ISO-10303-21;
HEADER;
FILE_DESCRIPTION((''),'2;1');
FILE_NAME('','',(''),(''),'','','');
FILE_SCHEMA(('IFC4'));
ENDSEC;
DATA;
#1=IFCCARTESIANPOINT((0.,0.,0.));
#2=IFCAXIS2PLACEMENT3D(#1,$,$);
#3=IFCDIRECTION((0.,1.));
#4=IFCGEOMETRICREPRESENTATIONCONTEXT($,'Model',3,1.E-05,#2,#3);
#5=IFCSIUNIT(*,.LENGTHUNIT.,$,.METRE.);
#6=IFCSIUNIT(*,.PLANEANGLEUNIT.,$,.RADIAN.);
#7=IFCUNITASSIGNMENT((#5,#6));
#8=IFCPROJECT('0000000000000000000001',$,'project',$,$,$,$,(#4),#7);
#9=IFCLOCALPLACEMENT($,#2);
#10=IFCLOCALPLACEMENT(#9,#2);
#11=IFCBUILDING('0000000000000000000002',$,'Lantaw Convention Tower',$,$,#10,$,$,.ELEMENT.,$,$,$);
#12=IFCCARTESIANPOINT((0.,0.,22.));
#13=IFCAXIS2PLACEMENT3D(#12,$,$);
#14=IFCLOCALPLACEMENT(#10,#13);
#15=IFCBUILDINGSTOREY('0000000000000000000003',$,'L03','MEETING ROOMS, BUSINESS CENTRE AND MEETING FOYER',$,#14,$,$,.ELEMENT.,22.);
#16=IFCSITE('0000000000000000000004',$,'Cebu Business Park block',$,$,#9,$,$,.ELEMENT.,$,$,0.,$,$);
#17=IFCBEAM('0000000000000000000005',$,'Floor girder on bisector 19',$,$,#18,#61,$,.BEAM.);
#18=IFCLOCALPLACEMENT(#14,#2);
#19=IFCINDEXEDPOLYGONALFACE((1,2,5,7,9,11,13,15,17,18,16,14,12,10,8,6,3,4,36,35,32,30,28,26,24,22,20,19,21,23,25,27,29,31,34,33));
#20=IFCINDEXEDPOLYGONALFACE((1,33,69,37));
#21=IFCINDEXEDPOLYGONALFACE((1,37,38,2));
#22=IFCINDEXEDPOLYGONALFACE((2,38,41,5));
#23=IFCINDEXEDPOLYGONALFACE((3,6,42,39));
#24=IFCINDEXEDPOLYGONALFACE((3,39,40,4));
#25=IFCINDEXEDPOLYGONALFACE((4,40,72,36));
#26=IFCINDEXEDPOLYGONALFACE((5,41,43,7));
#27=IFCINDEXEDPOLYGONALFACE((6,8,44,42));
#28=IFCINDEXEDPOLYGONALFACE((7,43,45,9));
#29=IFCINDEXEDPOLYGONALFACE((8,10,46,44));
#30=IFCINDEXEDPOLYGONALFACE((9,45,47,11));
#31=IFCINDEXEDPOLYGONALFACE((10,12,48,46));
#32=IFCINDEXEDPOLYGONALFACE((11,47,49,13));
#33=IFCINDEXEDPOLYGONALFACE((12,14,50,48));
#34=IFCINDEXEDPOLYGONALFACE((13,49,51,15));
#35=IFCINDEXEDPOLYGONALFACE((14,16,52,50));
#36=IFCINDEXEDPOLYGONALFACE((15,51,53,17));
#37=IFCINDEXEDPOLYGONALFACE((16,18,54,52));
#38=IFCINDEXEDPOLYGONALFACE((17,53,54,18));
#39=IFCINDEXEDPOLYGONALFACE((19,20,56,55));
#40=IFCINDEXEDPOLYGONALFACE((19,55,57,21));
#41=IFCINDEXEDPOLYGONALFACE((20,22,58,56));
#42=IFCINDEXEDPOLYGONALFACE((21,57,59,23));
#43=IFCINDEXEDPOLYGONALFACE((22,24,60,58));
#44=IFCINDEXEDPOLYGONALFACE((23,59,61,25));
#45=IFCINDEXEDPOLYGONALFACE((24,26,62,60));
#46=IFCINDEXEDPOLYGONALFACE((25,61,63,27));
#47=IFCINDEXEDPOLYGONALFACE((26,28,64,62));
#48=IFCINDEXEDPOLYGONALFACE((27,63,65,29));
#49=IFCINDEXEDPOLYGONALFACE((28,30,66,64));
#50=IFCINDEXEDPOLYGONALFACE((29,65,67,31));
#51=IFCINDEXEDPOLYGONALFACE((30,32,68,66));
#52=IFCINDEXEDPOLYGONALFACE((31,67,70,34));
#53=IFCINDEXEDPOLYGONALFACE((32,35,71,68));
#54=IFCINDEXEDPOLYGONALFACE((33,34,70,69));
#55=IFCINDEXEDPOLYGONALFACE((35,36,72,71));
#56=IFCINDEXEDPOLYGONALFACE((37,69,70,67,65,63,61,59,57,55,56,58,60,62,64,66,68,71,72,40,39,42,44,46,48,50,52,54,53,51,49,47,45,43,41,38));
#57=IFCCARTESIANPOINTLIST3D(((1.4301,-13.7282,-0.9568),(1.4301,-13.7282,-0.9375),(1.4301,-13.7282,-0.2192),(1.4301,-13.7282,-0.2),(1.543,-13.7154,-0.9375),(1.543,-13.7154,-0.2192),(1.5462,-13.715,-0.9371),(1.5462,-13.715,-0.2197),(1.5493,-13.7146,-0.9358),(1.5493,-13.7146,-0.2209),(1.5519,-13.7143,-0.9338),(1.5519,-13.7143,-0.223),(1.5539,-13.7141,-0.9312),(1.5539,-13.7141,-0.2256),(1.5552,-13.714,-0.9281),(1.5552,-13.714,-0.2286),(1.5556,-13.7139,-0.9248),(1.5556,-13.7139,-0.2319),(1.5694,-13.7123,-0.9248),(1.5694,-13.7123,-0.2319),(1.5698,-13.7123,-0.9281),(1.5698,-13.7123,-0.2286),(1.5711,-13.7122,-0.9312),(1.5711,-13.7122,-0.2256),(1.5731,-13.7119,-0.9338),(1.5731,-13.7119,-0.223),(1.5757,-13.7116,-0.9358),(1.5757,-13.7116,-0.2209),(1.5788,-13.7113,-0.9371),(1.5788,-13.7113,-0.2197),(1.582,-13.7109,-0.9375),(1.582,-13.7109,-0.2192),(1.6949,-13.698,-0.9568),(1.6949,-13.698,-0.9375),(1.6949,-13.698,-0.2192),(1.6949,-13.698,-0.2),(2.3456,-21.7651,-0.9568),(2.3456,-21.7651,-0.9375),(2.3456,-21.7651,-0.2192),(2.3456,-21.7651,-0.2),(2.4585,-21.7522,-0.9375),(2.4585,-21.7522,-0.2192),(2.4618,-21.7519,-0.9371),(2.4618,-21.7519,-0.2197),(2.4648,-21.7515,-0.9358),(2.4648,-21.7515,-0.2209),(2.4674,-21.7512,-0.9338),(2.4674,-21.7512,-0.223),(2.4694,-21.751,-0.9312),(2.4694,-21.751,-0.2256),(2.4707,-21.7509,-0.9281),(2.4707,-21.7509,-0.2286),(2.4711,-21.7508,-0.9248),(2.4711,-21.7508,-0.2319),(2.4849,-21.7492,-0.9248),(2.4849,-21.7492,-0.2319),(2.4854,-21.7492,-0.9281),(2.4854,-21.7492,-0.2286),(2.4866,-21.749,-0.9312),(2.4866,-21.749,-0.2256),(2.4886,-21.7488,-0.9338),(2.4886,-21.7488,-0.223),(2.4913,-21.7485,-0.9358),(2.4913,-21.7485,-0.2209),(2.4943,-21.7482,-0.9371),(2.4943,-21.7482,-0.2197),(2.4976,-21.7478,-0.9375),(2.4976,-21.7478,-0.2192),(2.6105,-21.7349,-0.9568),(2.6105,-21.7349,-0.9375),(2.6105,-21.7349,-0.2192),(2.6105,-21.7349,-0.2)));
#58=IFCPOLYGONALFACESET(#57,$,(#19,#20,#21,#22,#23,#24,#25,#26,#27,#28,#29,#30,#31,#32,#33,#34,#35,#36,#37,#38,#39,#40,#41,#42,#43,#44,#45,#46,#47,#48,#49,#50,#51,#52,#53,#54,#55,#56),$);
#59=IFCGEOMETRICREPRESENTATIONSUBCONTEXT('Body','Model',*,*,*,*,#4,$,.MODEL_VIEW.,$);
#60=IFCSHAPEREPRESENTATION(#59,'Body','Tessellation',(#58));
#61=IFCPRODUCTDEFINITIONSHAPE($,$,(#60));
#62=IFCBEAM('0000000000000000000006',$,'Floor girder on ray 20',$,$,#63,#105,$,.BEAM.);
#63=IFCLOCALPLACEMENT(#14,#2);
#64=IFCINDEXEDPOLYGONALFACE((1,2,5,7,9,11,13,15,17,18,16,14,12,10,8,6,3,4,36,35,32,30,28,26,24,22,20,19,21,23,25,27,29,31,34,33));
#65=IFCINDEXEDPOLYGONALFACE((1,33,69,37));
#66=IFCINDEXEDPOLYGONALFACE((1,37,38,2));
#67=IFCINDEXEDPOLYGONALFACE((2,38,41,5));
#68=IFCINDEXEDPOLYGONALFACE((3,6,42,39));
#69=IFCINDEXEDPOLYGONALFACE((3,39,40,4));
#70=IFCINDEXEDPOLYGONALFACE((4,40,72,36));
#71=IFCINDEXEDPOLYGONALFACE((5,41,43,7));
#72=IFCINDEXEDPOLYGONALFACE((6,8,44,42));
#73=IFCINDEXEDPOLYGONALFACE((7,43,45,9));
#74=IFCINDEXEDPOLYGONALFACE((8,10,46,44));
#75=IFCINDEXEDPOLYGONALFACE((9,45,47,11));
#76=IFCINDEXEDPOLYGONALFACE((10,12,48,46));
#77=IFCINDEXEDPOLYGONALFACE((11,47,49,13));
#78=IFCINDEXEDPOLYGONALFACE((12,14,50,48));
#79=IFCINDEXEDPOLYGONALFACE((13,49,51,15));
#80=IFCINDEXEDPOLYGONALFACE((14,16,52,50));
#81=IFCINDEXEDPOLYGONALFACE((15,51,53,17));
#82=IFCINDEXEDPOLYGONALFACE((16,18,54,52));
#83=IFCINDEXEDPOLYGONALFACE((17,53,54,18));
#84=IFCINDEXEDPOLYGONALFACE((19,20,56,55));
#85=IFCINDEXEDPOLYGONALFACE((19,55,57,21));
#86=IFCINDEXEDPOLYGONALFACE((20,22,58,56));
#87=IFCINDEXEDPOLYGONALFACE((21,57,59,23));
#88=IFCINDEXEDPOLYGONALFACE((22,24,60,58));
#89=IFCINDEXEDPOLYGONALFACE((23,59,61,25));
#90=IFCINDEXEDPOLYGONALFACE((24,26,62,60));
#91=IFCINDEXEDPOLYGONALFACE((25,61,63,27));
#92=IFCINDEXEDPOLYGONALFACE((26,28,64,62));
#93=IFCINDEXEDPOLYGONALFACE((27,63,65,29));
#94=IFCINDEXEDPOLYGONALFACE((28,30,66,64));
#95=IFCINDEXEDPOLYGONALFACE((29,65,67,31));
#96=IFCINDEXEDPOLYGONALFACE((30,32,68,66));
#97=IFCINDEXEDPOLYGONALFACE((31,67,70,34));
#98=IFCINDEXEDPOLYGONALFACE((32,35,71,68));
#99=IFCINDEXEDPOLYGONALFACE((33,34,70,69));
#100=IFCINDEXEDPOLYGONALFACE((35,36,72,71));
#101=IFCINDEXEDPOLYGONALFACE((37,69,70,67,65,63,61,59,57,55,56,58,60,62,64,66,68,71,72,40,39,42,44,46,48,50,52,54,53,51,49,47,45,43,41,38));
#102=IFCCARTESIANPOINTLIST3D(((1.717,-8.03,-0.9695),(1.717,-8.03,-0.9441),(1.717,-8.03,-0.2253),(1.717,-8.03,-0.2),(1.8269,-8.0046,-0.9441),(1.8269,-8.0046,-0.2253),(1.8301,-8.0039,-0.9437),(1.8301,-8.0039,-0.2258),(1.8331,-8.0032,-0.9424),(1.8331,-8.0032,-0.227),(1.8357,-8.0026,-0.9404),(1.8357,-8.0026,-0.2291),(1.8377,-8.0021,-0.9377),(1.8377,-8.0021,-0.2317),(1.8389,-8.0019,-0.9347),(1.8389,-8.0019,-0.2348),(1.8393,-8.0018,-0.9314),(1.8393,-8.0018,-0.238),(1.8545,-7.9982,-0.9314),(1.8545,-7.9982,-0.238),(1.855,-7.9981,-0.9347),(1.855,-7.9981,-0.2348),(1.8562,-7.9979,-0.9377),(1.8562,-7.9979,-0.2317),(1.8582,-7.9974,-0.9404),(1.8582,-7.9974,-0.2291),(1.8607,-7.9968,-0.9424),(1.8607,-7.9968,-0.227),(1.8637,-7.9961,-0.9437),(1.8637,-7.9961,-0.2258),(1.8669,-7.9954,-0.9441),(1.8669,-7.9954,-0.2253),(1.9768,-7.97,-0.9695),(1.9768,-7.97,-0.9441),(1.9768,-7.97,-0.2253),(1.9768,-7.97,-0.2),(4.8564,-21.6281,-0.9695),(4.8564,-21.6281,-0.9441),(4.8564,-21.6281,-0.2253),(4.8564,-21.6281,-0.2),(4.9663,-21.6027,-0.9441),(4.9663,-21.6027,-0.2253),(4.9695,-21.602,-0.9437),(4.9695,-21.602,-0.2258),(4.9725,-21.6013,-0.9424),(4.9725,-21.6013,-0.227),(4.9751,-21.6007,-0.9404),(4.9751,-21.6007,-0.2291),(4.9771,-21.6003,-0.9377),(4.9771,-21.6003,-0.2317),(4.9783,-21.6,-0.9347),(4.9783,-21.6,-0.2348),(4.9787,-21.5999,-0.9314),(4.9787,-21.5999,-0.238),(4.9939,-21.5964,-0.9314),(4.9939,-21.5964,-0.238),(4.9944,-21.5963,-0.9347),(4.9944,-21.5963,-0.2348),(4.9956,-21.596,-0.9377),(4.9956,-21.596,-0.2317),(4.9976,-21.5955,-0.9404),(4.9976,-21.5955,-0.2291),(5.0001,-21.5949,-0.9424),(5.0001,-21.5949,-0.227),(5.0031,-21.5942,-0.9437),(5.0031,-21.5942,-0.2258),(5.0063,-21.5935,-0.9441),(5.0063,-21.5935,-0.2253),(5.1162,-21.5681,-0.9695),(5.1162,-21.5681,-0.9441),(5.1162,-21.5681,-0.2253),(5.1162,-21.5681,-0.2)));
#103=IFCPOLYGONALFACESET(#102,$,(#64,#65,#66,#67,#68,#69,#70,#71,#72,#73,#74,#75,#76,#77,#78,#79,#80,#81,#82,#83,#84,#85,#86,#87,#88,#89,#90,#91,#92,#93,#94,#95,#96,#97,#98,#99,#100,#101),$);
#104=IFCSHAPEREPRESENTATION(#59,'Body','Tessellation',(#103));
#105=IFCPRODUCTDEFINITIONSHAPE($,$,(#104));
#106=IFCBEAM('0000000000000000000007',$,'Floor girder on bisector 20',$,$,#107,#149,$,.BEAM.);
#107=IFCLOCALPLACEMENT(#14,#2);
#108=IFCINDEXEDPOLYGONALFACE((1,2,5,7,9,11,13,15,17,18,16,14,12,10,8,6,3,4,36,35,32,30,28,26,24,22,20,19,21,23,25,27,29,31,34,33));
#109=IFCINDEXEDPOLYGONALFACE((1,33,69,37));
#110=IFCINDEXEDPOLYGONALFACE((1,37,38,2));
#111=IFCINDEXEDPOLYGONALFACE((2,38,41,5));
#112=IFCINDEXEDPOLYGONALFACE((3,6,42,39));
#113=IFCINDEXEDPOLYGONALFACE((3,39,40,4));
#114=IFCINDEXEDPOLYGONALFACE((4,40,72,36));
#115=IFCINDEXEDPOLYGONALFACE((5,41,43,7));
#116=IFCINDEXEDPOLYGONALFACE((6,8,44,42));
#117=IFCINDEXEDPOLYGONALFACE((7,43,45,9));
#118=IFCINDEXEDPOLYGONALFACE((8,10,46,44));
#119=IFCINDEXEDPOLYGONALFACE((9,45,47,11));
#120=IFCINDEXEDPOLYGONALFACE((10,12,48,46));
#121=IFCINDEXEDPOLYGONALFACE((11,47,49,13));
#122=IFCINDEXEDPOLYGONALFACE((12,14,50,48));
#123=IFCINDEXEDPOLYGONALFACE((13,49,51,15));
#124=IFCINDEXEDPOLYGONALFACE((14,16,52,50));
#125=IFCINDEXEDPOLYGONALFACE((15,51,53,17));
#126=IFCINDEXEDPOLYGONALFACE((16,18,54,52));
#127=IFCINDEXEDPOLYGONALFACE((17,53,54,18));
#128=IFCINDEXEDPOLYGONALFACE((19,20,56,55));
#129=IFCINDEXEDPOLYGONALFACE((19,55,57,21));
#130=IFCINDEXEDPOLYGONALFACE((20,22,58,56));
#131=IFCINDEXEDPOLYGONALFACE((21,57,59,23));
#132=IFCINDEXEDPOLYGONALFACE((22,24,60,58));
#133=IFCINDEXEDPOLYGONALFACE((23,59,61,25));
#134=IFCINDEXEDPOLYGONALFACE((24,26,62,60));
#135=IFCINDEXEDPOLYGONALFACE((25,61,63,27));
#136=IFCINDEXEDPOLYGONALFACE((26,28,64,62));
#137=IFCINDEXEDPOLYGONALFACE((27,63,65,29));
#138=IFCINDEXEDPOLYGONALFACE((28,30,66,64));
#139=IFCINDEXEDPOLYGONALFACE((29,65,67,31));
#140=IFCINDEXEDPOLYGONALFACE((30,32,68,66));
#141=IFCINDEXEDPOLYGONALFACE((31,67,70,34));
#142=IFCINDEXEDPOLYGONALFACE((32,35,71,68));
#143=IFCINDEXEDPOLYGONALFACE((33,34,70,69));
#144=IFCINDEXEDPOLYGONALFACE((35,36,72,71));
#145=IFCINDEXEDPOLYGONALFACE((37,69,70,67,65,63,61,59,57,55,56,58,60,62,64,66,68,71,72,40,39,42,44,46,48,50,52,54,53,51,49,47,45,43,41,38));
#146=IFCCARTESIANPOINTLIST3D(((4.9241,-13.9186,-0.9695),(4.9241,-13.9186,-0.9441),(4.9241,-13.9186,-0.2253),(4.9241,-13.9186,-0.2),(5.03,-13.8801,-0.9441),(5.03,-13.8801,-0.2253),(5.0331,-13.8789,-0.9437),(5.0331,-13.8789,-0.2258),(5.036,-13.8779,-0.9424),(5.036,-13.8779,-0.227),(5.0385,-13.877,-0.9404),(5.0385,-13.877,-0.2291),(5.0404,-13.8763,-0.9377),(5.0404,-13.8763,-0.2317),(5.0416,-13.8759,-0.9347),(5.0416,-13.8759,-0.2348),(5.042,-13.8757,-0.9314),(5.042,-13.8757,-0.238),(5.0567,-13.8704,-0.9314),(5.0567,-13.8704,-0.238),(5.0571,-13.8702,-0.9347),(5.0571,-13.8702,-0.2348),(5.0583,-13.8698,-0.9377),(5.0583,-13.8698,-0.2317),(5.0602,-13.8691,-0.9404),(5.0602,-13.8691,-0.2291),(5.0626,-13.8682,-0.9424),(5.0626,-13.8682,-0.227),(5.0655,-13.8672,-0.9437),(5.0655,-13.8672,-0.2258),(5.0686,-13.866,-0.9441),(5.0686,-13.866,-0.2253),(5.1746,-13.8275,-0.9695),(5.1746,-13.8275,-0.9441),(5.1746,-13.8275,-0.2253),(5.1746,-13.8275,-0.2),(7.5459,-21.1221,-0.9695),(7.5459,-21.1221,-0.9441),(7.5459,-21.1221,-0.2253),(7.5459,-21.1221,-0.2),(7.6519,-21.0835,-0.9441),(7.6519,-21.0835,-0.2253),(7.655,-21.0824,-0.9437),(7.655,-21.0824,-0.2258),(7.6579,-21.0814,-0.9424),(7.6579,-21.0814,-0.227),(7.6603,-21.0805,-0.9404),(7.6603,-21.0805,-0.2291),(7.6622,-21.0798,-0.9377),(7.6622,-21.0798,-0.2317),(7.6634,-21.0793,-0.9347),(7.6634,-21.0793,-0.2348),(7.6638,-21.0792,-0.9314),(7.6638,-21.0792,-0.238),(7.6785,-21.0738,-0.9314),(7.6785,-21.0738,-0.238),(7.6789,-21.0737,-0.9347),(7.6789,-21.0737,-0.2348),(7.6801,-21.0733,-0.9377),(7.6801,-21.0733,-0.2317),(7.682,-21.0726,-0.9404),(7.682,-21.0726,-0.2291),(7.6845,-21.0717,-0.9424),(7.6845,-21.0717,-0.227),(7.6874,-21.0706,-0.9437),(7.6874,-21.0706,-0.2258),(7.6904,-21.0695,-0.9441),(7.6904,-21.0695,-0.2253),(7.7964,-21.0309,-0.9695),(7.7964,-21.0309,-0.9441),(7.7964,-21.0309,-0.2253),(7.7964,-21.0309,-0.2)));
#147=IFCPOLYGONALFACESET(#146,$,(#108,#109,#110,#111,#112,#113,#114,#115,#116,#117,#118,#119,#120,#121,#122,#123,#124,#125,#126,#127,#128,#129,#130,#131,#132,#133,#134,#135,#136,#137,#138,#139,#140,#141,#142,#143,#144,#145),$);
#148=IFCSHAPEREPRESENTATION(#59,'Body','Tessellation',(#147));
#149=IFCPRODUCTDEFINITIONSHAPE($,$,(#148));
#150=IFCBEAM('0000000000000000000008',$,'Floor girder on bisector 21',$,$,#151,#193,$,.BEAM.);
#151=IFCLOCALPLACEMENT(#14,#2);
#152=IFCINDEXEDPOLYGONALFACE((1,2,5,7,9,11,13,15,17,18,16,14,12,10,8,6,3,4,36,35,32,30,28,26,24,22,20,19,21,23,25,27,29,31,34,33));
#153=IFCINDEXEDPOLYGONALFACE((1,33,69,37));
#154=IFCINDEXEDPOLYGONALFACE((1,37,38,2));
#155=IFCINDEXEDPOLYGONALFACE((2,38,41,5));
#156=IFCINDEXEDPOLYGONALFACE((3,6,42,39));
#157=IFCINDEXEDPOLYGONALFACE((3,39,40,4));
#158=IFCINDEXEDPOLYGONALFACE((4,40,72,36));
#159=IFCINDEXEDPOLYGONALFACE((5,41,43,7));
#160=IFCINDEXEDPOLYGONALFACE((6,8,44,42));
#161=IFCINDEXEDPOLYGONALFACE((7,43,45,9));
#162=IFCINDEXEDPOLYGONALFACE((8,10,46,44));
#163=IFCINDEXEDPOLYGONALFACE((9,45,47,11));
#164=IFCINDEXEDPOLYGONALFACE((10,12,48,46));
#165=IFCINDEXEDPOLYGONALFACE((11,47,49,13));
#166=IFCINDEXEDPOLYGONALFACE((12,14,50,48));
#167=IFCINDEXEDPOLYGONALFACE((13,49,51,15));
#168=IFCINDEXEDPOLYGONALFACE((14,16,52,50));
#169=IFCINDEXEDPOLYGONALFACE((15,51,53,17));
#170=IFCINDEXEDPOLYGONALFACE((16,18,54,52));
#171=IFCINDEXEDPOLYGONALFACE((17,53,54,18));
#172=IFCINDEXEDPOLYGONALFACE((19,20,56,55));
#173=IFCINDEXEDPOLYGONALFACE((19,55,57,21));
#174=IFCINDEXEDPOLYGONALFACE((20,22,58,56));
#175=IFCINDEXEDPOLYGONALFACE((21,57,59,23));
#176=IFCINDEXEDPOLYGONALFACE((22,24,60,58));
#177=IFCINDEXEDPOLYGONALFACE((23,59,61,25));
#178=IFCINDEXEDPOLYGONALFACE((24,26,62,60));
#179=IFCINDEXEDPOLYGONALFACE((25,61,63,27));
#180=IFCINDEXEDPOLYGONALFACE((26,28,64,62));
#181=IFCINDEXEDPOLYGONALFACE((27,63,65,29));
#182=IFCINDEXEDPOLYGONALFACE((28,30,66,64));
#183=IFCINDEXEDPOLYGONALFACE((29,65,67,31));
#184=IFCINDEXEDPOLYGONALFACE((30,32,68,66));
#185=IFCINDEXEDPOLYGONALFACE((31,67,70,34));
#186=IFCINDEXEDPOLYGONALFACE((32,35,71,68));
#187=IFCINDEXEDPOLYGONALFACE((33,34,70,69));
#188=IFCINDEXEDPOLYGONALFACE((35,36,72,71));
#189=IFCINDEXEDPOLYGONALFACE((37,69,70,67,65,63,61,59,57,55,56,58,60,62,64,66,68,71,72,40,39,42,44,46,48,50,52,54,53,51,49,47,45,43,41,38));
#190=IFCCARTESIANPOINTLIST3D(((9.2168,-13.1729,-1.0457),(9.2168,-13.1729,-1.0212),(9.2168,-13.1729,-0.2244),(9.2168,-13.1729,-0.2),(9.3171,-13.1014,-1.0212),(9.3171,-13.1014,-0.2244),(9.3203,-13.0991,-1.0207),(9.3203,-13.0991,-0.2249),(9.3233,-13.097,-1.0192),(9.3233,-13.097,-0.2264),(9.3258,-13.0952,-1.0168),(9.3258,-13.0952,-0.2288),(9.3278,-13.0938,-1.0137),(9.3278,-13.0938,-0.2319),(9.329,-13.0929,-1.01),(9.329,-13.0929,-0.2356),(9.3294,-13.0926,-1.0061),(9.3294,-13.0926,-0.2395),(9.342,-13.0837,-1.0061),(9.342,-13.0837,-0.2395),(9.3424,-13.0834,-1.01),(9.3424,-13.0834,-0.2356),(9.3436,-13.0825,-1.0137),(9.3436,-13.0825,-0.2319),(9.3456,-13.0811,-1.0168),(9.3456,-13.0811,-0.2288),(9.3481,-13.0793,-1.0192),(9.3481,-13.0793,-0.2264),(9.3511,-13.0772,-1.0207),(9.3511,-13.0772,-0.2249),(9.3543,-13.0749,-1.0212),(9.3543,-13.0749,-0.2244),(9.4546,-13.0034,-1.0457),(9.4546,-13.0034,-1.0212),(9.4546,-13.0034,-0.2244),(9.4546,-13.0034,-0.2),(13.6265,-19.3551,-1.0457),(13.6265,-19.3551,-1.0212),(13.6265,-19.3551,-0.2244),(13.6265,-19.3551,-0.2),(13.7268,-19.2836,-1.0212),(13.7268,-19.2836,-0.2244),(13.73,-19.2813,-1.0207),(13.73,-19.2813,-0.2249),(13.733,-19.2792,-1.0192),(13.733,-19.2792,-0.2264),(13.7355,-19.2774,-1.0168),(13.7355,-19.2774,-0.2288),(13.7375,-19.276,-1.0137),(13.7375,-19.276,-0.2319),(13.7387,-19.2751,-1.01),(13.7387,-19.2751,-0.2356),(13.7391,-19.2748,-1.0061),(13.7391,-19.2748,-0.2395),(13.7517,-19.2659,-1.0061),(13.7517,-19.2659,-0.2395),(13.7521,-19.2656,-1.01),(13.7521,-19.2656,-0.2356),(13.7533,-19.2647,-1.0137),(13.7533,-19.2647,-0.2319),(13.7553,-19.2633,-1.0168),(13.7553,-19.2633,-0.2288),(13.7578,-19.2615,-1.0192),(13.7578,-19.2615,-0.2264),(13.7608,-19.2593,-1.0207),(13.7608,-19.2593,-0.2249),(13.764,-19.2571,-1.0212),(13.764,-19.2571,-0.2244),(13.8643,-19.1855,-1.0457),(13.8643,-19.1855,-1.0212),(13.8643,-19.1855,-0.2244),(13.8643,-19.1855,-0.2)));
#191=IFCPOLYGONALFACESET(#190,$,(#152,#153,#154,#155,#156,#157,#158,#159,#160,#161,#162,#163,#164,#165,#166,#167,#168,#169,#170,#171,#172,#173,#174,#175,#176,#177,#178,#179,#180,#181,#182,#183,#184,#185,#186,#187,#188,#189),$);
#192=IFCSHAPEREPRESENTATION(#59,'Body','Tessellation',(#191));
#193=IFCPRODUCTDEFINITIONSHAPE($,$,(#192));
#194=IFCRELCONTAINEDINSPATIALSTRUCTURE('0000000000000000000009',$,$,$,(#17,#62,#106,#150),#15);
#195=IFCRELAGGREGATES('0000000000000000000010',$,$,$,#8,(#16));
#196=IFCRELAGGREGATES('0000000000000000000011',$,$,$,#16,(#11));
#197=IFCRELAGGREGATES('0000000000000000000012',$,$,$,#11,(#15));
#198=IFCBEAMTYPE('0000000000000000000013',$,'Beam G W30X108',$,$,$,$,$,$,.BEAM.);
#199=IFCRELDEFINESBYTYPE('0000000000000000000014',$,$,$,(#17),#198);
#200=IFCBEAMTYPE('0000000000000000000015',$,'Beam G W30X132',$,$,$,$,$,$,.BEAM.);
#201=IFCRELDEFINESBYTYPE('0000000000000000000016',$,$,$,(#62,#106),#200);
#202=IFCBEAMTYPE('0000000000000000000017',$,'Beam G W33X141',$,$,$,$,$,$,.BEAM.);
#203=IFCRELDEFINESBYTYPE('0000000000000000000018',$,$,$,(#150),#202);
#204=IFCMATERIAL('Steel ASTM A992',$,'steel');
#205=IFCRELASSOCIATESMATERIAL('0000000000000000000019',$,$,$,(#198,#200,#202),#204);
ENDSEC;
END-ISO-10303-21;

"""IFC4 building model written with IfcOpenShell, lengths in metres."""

from ifc_helpers import new_model, si_unit, direction, frame, origin, origin_2d, place, context, subcontext, project, spatial, i_section, extrude, material, material_profile, profile_set, type_object, element, save


model = new_model("IFC4")

# Units and contexts
model_context = context("Model", 3, precision=1e-05, world=origin(), true_north=direction((0.0, 1.0)))
body_context = subcontext(model_context, "Body", "Model", "MODEL_VIEW")
ifc_project = project(units=[si_unit("LENGTHUNIT", "METRE"), si_unit("PLANEANGLEUNIT", "RADIAN")], contexts=[model_context])

# Site, building, storey
site_placement = place(None, origin())
site = spatial("IfcSite", under=ifc_project, at=site_placement, Name="Cebu Business Park block", CompositionType="ELEMENT", RefElevation=0.0)
building_placement = place(site_placement, origin())
building = spatial("IfcBuilding", under=site, at=building_placement, Name="Lantaw Convention Tower", CompositionType="ELEMENT")
storey_placement = place(building_placement, frame((0.0, 0.0, 22.0)))
storey = spatial("IfcBuildingStorey", under=building, at=storey_placement, Name="L03", Description="MEETING ROOMS, BUSINESS CENTRE AND MEETING FOYER", CompositionType="ELEMENT", Elevation=22.0)

# Beams
ifc_material_1 = material(Name="Steel ASTM A992", Category="steel")
ifc_material_profile_1 = material_profile(ifc_material_1, i_section(OverallWidth=0.2666, OverallDepth=0.7568, WebThickness=0.0139, FlangeThickness=0.0193, FilletRadius=0.0127, at=origin_2d()), Name="W30X108")
ifc_profile_set_1 = profile_set([ifc_material_profile_1], Name="Steel ASTM A992")
beam_type_1 = type_object("IfcBeamType", Name="Beam G W30X108", PredefinedType="BEAM", material=ifc_profile_set_1)
beam_1_placement = place(storey_placement, frame((1.5625, -13.7131, -0.5784), z_axis=(0.113184, -0.993574, 0.0), x_axis=(0.993574, 0.113184, 0.0)))
element("IfcBeam", 1, at=beam_1_placement, inside=storey, type_object=beam_type_1, Name="Floor girder on bisector 19", PredefinedType="BEAM", context=body_context, shape_type="SweptSolid", body=[
    extrude(i_section(OverallWidth=0.2666, OverallDepth=0.7568, WebThickness=0.0139, FlangeThickness=0.0193, FilletRadius=0.0127, at=origin_2d()), origin(), (0.0, 0.0, 1.0), 8.0889),
])
ifc_material_profile_2 = material_profile(ifc_material_1, i_section(OverallWidth=0.2666, OverallDepth=0.7695, WebThickness=0.0156, FlangeThickness=0.0254, FilletRadius=0.0127, at=origin_2d()), Name="W30X132")
ifc_profile_set_2 = profile_set([ifc_material_profile_2], Name="Steel ASTM A992")
beam_type_2 = type_object("IfcBeamType", Name="Beam G W30X132", PredefinedType="BEAM", material=ifc_profile_set_2)
beam_2_placement = place(storey_placement, frame((1.8469, -8.0, -0.5847), z_axis=(0.224953, -0.97437, 0.0), x_axis=(0.97437, 0.224953, 0.0)))
element("IfcBeam", 2, at=beam_2_placement, inside=storey, type_object=beam_type_2, Name="Floor girder on ray 20", PredefinedType="BEAM", context=body_context, shape_type="SweptSolid", body=[
    extrude(i_section(OverallWidth=0.2666, OverallDepth=0.7695, WebThickness=0.0156, FlangeThickness=0.0254, FilletRadius=0.0127, at=origin_2d()), origin(), (0.0, 0.0, 1.0), 13.9558),
])
beam_3_placement = place(storey_placement, frame((5.0493, -13.873, -0.5847), z_axis=(0.342022, -0.939692, 0.0), x_axis=(0.939692, 0.342022, 0.0)))
element("IfcBeam", 3, at=beam_3_placement, inside=storey, type_object=beam_type_2, Name="Floor girder on bisector 20", PredefinedType="BEAM", context=body_context, shape_type="SweptSolid", body=[
    extrude(i_section(OverallWidth=0.2666, OverallDepth=0.7695, WebThickness=0.0156, FlangeThickness=0.0254, FilletRadius=0.0127, at=origin_2d()), origin(), (0.0, 0.0, 1.0), 7.6658),
])
ifc_material_profile_3 = material_profile(ifc_material_1, i_section(OverallWidth=0.292, OverallDepth=0.8457, WebThickness=0.0154, FlangeThickness=0.0244, FilletRadius=0.0151, at=origin_2d()), Name="W33X141")
ifc_profile_set_3 = profile_set([ifc_material_profile_3], Name="Steel ASTM A992")
beam_type_3 = type_object("IfcBeamType", Name="Beam G W33X141", PredefinedType="BEAM", material=ifc_profile_set_3)
beam_4_placement = place(storey_placement, frame((9.3357, -13.0881, -0.6228), z_axis=(0.580703, -0.814116, 0.0), x_axis=(0.814116, 0.580703, 0.0)))
element("IfcBeam", 4, at=beam_4_placement, inside=storey, type_object=beam_type_3, Name="Floor girder on bisector 21", PredefinedType="BEAM", context=body_context, shape_type="SweptSolid", body=[
    extrude(i_section(OverallWidth=0.292, OverallDepth=0.8457, WebThickness=0.0154, FlangeThickness=0.0244, FilletRadius=0.0151, at=origin_2d()), origin(), (0.0, 0.0, 1.0), 7.5938),
])

save(model, "model.ifc")
